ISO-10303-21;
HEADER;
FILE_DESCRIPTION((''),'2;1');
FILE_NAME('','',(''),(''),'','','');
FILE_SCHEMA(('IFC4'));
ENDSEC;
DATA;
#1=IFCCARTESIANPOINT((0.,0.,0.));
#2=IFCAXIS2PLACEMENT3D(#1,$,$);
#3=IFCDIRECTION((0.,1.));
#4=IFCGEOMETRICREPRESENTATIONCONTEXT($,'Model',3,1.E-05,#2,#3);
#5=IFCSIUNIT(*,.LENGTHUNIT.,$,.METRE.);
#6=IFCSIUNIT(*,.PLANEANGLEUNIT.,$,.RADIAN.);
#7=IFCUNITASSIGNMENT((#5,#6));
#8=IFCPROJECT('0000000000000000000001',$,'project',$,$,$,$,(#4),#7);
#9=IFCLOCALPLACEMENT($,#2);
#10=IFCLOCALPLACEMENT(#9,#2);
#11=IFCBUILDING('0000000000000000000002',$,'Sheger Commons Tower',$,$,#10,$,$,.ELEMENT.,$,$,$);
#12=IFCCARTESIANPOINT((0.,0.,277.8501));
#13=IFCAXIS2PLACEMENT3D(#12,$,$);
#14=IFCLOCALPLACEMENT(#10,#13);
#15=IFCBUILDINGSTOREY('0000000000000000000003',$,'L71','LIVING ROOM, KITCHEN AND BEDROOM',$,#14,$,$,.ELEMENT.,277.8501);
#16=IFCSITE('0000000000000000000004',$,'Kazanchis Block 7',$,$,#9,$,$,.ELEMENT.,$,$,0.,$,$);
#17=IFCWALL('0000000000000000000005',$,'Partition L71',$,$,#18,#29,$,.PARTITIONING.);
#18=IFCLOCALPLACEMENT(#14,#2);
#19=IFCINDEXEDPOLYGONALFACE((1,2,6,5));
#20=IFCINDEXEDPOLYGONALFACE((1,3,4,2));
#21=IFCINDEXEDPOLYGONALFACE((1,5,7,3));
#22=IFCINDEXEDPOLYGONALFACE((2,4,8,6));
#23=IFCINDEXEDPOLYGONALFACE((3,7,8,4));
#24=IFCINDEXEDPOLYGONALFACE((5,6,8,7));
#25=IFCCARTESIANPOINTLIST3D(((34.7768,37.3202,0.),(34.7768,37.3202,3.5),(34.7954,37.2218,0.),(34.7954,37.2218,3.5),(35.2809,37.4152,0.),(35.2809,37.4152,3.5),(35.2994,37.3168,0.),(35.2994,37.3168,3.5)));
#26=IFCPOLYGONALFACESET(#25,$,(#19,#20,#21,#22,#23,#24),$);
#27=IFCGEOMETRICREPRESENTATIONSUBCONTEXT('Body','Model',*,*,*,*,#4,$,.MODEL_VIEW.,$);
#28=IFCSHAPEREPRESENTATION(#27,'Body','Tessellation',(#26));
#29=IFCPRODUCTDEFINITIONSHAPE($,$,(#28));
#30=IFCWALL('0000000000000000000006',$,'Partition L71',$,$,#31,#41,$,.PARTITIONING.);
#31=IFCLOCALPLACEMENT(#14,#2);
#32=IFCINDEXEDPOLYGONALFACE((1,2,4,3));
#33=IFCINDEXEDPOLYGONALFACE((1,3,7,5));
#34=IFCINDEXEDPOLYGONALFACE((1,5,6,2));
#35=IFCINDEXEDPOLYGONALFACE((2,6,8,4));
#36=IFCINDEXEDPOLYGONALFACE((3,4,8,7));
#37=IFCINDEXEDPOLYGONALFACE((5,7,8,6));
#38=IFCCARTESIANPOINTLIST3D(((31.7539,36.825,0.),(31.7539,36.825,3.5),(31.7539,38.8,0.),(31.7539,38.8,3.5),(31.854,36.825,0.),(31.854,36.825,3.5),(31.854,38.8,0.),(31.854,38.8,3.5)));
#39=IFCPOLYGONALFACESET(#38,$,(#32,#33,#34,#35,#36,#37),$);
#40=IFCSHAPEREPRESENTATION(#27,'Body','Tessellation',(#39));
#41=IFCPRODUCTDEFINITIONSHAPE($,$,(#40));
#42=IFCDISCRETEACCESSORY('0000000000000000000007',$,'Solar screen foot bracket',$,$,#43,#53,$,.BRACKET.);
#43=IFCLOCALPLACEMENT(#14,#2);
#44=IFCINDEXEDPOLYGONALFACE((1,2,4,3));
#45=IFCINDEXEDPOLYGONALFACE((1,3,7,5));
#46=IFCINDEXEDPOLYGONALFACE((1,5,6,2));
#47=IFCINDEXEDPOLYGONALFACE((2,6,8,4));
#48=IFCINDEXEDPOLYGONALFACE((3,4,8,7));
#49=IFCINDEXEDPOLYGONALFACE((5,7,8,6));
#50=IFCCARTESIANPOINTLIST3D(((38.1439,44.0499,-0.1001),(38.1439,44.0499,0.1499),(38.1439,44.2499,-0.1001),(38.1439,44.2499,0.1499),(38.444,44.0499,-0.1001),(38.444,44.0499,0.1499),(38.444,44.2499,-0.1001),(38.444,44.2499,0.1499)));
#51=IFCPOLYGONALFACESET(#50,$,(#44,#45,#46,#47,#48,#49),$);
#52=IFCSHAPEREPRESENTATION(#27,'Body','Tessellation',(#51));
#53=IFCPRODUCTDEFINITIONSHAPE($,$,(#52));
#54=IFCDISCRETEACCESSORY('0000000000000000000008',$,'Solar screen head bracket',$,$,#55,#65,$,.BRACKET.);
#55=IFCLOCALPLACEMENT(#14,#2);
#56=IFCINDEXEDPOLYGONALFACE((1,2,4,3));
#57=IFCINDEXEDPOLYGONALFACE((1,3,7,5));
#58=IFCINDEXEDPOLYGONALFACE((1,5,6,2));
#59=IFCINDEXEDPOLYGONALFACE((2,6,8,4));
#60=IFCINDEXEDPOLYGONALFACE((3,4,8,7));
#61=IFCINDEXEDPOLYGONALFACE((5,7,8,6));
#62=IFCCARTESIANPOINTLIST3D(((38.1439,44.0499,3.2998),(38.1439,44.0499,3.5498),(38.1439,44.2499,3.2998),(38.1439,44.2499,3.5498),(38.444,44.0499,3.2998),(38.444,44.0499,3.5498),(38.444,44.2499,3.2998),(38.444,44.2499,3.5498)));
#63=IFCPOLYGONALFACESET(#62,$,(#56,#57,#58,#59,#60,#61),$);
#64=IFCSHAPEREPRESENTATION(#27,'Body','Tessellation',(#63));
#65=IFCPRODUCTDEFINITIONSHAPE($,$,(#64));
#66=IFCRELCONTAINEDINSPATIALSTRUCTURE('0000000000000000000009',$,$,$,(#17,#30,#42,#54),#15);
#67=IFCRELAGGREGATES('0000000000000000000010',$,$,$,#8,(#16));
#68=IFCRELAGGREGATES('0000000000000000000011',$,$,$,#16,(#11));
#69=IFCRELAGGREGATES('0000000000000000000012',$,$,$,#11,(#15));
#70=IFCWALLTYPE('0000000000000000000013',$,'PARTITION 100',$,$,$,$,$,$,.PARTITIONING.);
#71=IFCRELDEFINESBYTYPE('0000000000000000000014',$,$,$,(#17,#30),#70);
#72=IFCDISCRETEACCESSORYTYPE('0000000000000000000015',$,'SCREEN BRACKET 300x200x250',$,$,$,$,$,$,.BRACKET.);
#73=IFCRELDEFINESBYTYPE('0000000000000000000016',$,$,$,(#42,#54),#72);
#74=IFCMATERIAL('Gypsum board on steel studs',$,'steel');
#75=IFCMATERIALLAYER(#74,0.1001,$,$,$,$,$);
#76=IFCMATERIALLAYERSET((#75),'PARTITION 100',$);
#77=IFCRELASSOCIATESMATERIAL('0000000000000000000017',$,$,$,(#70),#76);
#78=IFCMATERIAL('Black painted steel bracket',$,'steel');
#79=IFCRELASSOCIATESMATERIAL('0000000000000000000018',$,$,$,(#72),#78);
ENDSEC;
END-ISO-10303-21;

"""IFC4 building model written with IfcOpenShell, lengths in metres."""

from ifc_helpers import new_model, si_unit, direction, frame, frame_2d, origin, origin_2d, place, context, subcontext, project, spatial, rectangle, extrude, material, layer, layer_set, type_object, element, save


model = new_model("IFC4")

# Units and contexts
model_context = context("Model", 3, precision=1e-05, world=origin(), true_north=direction((0.0, 1.0)))
body_context = subcontext(model_context, "Body", "Model", "MODEL_VIEW")
ifc_project = project(units=[si_unit("LENGTHUNIT", "METRE"), si_unit("PLANEANGLEUNIT", "RADIAN")], contexts=[model_context])

# Site, building, storey
site_placement = place(None, origin())
site = spatial("IfcSite", under=ifc_project, at=site_placement, Name="Kazanchis Block 7", CompositionType="ELEMENT", RefElevation=0.0)
building_placement = place(site_placement, origin())
building = spatial("IfcBuilding", under=site, at=building_placement, Name="Sheger Commons Tower", CompositionType="ELEMENT")
storey_placement = place(building_placement, frame((0.0, 0.0, 277.8501)))
storey = spatial("IfcBuildingStorey", under=building, at=storey_placement, Name="L71", Description="LIVING ROOM, KITCHEN AND BEDROOM", CompositionType="ELEMENT", Elevation=277.8501)

# Shared definitions
ifc_material_1 = material(Name="Gypsum board on steel studs", Category="steel")
ifc_layer_1 = layer(ifc_material_1, 0.1001)
ifc_layer_set_1 = layer_set([ifc_layer_1], Name="PARTITION 100")
wall_type_1 = type_object("IfcWallType", Name="PARTITION 100", PredefinedType="PARTITIONING", material=ifc_layer_set_1)

# Walls
wall_1_placement = place(storey_placement, frame((35.29, 37.366, 0.0), z_axis=(0.0, 0.0, 1.0), x_axis=(-0.982716, -0.185122, 0.0)))
element("IfcWall", 1, at=wall_1_placement, inside=storey, type_object=wall_type_1, Name="Partition L71", PredefinedType="PARTITIONING", context=body_context, shape_type="SweptSolid", body=[
    extrude(rectangle(XDim=0.5129, YDim=0.1001, at=frame_2d((0.2563, 0.0))), origin(), (0.0, 0.0, 1.0), 3.5),
])
wall_2_placement = place(storey_placement, frame((31.804, 36.825, 0.0), z_axis=(0.0, 0.0, 1.0), x_axis=(0.0, 1.0, 0.0)))
element("IfcWall", 2, at=wall_2_placement, inside=storey, type_object=wall_type_1, Name="Partition L71", PredefinedType="PARTITIONING", context=body_context, shape_type="SweptSolid", body=[
    extrude(rectangle(XDim=1.9751, YDim=0.1001, at=frame_2d((0.9875, 0.0))), origin(), (0.0, 0.0, 1.0), 3.5),
])

# Discrete accessories
ifc_material_2 = material(Name="Black painted steel bracket", Category="steel")
discrete_accessory_type = type_object("IfcDiscreteAccessoryType", Name="SCREEN BRACKET 300x200x250", PredefinedType="BRACKET", material=ifc_material_2)
for number, where, z_axis, x_axis, name in (
    (3, (38.2939, 44.1499, -0.1001), (0.0, 0.0, 1.0), (-1.0, 0.0, 0.0), "Solar screen foot bracket"),
    (4, (38.2939, 44.1499, 3.2998), (0.0, 0.0, 1.0), (-1.0, 0.0, 0.0), "Solar screen head bracket"),
):
    element("IfcDiscreteAccessory", number, at=place(storey_placement, frame(where, z_axis=z_axis, x_axis=x_axis)), inside=storey, type_object=discrete_accessory_type, Name=name, PredefinedType="BRACKET", context=body_context, shape_type="SweptSolid", body=[
        extrude(rectangle(XDim=0.3, YDim=0.2, at=origin_2d()), origin(), (0.0, 0.0, 1.0), 0.25),
    ])

save(model, "model.ifc")
